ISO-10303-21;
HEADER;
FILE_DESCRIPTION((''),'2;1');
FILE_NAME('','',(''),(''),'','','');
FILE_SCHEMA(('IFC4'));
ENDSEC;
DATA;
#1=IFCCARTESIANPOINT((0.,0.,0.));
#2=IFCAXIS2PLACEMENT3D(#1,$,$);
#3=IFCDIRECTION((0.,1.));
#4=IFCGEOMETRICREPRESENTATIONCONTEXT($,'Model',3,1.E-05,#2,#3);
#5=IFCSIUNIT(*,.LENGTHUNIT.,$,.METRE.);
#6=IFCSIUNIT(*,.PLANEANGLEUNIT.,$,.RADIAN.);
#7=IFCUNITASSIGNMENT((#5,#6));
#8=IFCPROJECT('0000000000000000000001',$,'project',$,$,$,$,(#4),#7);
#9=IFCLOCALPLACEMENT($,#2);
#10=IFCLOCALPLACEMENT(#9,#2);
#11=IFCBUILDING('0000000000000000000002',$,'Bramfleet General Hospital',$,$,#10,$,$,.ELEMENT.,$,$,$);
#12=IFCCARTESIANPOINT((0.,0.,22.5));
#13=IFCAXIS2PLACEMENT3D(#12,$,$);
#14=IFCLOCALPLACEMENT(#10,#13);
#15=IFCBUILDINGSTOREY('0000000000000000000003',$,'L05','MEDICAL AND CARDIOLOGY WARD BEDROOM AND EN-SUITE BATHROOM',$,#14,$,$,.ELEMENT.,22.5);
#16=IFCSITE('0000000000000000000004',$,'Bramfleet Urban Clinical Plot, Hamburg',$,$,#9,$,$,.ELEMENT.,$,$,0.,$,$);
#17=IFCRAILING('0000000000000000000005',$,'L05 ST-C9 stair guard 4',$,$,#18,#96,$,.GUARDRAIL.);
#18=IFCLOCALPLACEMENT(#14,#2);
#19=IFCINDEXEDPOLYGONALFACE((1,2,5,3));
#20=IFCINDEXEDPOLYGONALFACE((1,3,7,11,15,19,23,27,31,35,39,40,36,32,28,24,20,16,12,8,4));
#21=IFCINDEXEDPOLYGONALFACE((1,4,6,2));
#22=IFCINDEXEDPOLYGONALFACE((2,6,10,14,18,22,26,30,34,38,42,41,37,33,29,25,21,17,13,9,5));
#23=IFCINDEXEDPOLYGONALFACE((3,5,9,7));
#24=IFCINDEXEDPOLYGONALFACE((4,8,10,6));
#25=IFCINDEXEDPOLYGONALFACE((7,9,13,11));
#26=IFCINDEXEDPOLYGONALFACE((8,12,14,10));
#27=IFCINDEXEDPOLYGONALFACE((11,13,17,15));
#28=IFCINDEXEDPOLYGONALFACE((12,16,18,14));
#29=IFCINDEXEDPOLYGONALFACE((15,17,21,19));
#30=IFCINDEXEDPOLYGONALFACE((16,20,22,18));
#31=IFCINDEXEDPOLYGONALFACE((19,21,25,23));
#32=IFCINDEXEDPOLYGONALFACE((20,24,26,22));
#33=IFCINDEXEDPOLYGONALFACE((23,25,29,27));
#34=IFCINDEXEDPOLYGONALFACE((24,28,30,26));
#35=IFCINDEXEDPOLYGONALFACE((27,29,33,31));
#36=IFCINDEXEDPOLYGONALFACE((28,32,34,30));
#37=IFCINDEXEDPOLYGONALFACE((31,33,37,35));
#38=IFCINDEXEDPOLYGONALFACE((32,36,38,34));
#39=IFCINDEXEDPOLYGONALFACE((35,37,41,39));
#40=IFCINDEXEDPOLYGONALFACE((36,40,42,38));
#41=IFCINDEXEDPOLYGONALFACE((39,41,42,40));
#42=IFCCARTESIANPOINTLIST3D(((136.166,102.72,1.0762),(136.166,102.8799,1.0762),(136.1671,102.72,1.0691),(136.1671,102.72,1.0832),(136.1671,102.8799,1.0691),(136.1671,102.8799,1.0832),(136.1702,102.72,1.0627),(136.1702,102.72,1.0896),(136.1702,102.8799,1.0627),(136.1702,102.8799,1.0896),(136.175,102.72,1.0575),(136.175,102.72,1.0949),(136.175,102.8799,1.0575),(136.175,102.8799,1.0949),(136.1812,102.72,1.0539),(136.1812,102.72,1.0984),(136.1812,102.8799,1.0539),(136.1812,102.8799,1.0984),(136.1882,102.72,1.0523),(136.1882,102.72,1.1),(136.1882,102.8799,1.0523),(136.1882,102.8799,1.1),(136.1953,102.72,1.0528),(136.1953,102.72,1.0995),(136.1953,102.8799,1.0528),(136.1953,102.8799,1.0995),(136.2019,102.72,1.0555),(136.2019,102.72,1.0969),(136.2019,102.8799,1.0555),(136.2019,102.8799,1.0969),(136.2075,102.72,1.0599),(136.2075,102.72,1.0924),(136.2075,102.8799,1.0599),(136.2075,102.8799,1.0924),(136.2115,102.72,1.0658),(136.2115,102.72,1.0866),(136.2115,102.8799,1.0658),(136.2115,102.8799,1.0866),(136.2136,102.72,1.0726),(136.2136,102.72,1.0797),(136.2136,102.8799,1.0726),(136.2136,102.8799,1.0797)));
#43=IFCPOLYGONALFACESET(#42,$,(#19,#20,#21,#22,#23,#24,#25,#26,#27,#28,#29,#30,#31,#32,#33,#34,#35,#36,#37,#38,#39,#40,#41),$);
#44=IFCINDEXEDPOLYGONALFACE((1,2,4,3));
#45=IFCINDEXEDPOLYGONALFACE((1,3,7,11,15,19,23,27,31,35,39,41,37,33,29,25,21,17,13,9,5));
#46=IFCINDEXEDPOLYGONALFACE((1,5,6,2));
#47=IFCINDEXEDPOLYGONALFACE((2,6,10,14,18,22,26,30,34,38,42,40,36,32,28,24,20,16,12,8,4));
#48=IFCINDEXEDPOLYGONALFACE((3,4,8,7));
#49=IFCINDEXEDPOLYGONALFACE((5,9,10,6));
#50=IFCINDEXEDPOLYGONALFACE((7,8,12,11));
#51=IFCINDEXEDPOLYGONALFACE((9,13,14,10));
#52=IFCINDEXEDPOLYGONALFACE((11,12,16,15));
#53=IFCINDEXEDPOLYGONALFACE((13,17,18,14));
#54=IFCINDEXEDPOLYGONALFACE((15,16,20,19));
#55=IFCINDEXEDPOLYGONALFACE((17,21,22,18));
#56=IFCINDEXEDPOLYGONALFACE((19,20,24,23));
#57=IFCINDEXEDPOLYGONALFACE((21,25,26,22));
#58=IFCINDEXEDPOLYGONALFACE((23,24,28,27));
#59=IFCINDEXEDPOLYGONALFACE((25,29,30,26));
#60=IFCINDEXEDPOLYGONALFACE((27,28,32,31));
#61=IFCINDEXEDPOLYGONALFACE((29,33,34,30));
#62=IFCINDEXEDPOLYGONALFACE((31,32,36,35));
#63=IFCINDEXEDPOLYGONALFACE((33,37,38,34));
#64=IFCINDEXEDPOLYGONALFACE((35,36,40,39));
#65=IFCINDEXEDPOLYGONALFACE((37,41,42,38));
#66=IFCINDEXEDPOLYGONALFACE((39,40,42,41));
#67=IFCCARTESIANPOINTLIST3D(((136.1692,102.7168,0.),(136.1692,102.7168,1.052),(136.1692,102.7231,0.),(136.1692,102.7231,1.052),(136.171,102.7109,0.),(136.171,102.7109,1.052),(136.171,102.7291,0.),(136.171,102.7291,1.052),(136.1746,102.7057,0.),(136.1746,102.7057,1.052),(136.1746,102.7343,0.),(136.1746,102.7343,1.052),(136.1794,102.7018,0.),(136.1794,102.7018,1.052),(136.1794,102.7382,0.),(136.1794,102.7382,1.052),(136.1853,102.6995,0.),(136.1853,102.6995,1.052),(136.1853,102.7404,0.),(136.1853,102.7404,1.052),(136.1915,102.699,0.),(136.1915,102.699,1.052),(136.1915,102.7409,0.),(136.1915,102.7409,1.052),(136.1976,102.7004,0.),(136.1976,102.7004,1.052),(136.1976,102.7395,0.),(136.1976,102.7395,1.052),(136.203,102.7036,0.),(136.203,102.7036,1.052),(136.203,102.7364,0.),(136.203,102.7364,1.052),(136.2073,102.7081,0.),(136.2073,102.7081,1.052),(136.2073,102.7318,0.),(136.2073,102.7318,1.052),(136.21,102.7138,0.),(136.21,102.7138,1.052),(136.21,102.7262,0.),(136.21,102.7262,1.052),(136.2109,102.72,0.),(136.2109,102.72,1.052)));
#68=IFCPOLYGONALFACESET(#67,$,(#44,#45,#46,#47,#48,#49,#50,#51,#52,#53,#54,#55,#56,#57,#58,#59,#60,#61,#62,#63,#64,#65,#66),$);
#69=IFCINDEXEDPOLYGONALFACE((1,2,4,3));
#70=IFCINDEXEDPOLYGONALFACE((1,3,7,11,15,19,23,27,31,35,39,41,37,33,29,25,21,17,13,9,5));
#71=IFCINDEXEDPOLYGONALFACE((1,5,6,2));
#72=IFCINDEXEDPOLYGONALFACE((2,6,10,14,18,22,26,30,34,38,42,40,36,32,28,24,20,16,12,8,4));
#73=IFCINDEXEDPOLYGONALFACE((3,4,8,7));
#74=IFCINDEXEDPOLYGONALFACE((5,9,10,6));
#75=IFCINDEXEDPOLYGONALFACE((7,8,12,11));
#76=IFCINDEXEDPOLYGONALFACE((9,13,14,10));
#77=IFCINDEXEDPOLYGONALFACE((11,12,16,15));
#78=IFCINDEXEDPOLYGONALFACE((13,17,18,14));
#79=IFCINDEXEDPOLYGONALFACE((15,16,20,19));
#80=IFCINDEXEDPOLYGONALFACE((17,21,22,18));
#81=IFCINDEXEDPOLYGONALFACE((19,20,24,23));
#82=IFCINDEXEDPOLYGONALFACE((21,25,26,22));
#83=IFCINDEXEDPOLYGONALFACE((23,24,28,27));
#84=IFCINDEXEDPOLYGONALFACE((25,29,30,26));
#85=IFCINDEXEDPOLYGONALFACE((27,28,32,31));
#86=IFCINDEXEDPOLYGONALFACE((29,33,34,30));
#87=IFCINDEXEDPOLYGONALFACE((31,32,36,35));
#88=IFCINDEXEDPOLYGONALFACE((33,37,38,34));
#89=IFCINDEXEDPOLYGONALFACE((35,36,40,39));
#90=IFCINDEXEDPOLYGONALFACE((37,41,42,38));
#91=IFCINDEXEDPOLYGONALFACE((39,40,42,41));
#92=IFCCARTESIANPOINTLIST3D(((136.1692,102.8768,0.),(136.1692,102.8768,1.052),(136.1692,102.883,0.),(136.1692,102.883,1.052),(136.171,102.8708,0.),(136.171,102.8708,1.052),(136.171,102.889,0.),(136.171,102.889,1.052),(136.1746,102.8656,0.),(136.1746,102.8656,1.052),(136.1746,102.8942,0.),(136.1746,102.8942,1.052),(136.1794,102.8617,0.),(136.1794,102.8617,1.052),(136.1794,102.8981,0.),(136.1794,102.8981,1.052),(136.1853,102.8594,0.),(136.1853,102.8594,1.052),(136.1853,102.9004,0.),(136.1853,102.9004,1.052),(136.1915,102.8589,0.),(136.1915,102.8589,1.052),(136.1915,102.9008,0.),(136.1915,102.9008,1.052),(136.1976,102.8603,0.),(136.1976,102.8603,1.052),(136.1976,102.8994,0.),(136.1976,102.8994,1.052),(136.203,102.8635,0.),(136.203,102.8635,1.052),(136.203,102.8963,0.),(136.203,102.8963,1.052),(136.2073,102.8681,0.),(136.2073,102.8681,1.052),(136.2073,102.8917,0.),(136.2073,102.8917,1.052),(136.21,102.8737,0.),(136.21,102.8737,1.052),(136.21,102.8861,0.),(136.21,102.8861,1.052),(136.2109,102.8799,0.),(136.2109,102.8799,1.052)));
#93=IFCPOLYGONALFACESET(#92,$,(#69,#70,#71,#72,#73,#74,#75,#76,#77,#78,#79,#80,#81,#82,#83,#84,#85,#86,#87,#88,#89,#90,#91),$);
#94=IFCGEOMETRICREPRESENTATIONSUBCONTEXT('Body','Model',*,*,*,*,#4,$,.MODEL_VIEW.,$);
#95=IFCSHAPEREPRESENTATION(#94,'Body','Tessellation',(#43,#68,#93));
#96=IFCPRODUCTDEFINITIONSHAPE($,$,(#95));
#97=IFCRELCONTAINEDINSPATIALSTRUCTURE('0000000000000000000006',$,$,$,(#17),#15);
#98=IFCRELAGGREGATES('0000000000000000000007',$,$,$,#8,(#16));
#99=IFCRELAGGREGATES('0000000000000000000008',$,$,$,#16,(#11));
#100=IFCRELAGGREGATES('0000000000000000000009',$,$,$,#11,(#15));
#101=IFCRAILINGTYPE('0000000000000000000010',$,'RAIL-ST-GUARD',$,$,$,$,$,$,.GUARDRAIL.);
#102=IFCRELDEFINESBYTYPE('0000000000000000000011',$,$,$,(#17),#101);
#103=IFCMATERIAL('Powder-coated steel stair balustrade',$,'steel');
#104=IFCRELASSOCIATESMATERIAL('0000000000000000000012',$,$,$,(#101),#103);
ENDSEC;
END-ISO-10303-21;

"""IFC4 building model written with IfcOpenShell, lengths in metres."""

from ifc_helpers import new_model, si_unit, direction, frame, origin, origin_2d, place, context, subcontext, project, spatial, circle, extrude, material, type_object, element, save


model = new_model("IFC4")

# Units and contexts
model_context = context("Model", 3, precision=1e-05, world=origin(), true_north=direction((0.0, 1.0)))
body_context = subcontext(model_context, "Body", "Model", "MODEL_VIEW")
ifc_project = project(units=[si_unit("LENGTHUNIT", "METRE"), si_unit("PLANEANGLEUNIT", "RADIAN")], contexts=[model_context])

# Site, building, storey
site_placement = place(None, origin())
site = spatial("IfcSite", under=ifc_project, at=site_placement, Name="Bramfleet Urban Clinical Plot, Hamburg", CompositionType="ELEMENT", RefElevation=0.0)
building_placement = place(site_placement, origin())
building = spatial("IfcBuilding", under=site, at=building_placement, Name="Bramfleet General Hospital", CompositionType="ELEMENT")
storey_placement = place(building_placement, frame((0.0, 0.0, 22.5)))
storey = spatial("IfcBuildingStorey", under=building, at=storey_placement, Name="L05", Description="MEDICAL AND CARDIOLOGY WARD BEDROOM AND EN-SUITE BATHROOM", CompositionType="ELEMENT", Elevation=22.5)

# Railing
ifc_material_1 = material(Name="Powder-coated steel stair balustrade", Category="steel")
railing_type_1 = type_object("IfcRailingType", Name="RAIL-ST-GUARD", PredefinedType="GUARDRAIL", material=ifc_material_1)
railing_1_placement = place(storey_placement, frame((136.1899, 102.72, 0.0)))
element("IfcRailing", 1, at=railing_1_placement, inside=storey, type_object=railing_type_1, Name="L05 ST-C9 stair guard 4", PredefinedType="GUARDRAIL", context=body_context, shape_type="SweptSolid", body=[
    extrude(circle(Radius=0.0239, at=origin_2d()), frame((0.0, 0.0, 1.0762), z_axis=(0.0, 1.0, 0.0), x_axis=(-1.0, 0.0, 0.0)), (0.0, 0.0, 1.0), 0.1599),
    extrude(circle(Radius=0.021, at=origin_2d()), origin(), (0.0, 0.0, 1.0), 1.052),
    extrude(circle(Radius=0.021, at=origin_2d()), frame((0.0, 0.1599, 0.0)), (0.0, 0.0, 1.0), 1.052),
])

save(model, "model.ifc")
